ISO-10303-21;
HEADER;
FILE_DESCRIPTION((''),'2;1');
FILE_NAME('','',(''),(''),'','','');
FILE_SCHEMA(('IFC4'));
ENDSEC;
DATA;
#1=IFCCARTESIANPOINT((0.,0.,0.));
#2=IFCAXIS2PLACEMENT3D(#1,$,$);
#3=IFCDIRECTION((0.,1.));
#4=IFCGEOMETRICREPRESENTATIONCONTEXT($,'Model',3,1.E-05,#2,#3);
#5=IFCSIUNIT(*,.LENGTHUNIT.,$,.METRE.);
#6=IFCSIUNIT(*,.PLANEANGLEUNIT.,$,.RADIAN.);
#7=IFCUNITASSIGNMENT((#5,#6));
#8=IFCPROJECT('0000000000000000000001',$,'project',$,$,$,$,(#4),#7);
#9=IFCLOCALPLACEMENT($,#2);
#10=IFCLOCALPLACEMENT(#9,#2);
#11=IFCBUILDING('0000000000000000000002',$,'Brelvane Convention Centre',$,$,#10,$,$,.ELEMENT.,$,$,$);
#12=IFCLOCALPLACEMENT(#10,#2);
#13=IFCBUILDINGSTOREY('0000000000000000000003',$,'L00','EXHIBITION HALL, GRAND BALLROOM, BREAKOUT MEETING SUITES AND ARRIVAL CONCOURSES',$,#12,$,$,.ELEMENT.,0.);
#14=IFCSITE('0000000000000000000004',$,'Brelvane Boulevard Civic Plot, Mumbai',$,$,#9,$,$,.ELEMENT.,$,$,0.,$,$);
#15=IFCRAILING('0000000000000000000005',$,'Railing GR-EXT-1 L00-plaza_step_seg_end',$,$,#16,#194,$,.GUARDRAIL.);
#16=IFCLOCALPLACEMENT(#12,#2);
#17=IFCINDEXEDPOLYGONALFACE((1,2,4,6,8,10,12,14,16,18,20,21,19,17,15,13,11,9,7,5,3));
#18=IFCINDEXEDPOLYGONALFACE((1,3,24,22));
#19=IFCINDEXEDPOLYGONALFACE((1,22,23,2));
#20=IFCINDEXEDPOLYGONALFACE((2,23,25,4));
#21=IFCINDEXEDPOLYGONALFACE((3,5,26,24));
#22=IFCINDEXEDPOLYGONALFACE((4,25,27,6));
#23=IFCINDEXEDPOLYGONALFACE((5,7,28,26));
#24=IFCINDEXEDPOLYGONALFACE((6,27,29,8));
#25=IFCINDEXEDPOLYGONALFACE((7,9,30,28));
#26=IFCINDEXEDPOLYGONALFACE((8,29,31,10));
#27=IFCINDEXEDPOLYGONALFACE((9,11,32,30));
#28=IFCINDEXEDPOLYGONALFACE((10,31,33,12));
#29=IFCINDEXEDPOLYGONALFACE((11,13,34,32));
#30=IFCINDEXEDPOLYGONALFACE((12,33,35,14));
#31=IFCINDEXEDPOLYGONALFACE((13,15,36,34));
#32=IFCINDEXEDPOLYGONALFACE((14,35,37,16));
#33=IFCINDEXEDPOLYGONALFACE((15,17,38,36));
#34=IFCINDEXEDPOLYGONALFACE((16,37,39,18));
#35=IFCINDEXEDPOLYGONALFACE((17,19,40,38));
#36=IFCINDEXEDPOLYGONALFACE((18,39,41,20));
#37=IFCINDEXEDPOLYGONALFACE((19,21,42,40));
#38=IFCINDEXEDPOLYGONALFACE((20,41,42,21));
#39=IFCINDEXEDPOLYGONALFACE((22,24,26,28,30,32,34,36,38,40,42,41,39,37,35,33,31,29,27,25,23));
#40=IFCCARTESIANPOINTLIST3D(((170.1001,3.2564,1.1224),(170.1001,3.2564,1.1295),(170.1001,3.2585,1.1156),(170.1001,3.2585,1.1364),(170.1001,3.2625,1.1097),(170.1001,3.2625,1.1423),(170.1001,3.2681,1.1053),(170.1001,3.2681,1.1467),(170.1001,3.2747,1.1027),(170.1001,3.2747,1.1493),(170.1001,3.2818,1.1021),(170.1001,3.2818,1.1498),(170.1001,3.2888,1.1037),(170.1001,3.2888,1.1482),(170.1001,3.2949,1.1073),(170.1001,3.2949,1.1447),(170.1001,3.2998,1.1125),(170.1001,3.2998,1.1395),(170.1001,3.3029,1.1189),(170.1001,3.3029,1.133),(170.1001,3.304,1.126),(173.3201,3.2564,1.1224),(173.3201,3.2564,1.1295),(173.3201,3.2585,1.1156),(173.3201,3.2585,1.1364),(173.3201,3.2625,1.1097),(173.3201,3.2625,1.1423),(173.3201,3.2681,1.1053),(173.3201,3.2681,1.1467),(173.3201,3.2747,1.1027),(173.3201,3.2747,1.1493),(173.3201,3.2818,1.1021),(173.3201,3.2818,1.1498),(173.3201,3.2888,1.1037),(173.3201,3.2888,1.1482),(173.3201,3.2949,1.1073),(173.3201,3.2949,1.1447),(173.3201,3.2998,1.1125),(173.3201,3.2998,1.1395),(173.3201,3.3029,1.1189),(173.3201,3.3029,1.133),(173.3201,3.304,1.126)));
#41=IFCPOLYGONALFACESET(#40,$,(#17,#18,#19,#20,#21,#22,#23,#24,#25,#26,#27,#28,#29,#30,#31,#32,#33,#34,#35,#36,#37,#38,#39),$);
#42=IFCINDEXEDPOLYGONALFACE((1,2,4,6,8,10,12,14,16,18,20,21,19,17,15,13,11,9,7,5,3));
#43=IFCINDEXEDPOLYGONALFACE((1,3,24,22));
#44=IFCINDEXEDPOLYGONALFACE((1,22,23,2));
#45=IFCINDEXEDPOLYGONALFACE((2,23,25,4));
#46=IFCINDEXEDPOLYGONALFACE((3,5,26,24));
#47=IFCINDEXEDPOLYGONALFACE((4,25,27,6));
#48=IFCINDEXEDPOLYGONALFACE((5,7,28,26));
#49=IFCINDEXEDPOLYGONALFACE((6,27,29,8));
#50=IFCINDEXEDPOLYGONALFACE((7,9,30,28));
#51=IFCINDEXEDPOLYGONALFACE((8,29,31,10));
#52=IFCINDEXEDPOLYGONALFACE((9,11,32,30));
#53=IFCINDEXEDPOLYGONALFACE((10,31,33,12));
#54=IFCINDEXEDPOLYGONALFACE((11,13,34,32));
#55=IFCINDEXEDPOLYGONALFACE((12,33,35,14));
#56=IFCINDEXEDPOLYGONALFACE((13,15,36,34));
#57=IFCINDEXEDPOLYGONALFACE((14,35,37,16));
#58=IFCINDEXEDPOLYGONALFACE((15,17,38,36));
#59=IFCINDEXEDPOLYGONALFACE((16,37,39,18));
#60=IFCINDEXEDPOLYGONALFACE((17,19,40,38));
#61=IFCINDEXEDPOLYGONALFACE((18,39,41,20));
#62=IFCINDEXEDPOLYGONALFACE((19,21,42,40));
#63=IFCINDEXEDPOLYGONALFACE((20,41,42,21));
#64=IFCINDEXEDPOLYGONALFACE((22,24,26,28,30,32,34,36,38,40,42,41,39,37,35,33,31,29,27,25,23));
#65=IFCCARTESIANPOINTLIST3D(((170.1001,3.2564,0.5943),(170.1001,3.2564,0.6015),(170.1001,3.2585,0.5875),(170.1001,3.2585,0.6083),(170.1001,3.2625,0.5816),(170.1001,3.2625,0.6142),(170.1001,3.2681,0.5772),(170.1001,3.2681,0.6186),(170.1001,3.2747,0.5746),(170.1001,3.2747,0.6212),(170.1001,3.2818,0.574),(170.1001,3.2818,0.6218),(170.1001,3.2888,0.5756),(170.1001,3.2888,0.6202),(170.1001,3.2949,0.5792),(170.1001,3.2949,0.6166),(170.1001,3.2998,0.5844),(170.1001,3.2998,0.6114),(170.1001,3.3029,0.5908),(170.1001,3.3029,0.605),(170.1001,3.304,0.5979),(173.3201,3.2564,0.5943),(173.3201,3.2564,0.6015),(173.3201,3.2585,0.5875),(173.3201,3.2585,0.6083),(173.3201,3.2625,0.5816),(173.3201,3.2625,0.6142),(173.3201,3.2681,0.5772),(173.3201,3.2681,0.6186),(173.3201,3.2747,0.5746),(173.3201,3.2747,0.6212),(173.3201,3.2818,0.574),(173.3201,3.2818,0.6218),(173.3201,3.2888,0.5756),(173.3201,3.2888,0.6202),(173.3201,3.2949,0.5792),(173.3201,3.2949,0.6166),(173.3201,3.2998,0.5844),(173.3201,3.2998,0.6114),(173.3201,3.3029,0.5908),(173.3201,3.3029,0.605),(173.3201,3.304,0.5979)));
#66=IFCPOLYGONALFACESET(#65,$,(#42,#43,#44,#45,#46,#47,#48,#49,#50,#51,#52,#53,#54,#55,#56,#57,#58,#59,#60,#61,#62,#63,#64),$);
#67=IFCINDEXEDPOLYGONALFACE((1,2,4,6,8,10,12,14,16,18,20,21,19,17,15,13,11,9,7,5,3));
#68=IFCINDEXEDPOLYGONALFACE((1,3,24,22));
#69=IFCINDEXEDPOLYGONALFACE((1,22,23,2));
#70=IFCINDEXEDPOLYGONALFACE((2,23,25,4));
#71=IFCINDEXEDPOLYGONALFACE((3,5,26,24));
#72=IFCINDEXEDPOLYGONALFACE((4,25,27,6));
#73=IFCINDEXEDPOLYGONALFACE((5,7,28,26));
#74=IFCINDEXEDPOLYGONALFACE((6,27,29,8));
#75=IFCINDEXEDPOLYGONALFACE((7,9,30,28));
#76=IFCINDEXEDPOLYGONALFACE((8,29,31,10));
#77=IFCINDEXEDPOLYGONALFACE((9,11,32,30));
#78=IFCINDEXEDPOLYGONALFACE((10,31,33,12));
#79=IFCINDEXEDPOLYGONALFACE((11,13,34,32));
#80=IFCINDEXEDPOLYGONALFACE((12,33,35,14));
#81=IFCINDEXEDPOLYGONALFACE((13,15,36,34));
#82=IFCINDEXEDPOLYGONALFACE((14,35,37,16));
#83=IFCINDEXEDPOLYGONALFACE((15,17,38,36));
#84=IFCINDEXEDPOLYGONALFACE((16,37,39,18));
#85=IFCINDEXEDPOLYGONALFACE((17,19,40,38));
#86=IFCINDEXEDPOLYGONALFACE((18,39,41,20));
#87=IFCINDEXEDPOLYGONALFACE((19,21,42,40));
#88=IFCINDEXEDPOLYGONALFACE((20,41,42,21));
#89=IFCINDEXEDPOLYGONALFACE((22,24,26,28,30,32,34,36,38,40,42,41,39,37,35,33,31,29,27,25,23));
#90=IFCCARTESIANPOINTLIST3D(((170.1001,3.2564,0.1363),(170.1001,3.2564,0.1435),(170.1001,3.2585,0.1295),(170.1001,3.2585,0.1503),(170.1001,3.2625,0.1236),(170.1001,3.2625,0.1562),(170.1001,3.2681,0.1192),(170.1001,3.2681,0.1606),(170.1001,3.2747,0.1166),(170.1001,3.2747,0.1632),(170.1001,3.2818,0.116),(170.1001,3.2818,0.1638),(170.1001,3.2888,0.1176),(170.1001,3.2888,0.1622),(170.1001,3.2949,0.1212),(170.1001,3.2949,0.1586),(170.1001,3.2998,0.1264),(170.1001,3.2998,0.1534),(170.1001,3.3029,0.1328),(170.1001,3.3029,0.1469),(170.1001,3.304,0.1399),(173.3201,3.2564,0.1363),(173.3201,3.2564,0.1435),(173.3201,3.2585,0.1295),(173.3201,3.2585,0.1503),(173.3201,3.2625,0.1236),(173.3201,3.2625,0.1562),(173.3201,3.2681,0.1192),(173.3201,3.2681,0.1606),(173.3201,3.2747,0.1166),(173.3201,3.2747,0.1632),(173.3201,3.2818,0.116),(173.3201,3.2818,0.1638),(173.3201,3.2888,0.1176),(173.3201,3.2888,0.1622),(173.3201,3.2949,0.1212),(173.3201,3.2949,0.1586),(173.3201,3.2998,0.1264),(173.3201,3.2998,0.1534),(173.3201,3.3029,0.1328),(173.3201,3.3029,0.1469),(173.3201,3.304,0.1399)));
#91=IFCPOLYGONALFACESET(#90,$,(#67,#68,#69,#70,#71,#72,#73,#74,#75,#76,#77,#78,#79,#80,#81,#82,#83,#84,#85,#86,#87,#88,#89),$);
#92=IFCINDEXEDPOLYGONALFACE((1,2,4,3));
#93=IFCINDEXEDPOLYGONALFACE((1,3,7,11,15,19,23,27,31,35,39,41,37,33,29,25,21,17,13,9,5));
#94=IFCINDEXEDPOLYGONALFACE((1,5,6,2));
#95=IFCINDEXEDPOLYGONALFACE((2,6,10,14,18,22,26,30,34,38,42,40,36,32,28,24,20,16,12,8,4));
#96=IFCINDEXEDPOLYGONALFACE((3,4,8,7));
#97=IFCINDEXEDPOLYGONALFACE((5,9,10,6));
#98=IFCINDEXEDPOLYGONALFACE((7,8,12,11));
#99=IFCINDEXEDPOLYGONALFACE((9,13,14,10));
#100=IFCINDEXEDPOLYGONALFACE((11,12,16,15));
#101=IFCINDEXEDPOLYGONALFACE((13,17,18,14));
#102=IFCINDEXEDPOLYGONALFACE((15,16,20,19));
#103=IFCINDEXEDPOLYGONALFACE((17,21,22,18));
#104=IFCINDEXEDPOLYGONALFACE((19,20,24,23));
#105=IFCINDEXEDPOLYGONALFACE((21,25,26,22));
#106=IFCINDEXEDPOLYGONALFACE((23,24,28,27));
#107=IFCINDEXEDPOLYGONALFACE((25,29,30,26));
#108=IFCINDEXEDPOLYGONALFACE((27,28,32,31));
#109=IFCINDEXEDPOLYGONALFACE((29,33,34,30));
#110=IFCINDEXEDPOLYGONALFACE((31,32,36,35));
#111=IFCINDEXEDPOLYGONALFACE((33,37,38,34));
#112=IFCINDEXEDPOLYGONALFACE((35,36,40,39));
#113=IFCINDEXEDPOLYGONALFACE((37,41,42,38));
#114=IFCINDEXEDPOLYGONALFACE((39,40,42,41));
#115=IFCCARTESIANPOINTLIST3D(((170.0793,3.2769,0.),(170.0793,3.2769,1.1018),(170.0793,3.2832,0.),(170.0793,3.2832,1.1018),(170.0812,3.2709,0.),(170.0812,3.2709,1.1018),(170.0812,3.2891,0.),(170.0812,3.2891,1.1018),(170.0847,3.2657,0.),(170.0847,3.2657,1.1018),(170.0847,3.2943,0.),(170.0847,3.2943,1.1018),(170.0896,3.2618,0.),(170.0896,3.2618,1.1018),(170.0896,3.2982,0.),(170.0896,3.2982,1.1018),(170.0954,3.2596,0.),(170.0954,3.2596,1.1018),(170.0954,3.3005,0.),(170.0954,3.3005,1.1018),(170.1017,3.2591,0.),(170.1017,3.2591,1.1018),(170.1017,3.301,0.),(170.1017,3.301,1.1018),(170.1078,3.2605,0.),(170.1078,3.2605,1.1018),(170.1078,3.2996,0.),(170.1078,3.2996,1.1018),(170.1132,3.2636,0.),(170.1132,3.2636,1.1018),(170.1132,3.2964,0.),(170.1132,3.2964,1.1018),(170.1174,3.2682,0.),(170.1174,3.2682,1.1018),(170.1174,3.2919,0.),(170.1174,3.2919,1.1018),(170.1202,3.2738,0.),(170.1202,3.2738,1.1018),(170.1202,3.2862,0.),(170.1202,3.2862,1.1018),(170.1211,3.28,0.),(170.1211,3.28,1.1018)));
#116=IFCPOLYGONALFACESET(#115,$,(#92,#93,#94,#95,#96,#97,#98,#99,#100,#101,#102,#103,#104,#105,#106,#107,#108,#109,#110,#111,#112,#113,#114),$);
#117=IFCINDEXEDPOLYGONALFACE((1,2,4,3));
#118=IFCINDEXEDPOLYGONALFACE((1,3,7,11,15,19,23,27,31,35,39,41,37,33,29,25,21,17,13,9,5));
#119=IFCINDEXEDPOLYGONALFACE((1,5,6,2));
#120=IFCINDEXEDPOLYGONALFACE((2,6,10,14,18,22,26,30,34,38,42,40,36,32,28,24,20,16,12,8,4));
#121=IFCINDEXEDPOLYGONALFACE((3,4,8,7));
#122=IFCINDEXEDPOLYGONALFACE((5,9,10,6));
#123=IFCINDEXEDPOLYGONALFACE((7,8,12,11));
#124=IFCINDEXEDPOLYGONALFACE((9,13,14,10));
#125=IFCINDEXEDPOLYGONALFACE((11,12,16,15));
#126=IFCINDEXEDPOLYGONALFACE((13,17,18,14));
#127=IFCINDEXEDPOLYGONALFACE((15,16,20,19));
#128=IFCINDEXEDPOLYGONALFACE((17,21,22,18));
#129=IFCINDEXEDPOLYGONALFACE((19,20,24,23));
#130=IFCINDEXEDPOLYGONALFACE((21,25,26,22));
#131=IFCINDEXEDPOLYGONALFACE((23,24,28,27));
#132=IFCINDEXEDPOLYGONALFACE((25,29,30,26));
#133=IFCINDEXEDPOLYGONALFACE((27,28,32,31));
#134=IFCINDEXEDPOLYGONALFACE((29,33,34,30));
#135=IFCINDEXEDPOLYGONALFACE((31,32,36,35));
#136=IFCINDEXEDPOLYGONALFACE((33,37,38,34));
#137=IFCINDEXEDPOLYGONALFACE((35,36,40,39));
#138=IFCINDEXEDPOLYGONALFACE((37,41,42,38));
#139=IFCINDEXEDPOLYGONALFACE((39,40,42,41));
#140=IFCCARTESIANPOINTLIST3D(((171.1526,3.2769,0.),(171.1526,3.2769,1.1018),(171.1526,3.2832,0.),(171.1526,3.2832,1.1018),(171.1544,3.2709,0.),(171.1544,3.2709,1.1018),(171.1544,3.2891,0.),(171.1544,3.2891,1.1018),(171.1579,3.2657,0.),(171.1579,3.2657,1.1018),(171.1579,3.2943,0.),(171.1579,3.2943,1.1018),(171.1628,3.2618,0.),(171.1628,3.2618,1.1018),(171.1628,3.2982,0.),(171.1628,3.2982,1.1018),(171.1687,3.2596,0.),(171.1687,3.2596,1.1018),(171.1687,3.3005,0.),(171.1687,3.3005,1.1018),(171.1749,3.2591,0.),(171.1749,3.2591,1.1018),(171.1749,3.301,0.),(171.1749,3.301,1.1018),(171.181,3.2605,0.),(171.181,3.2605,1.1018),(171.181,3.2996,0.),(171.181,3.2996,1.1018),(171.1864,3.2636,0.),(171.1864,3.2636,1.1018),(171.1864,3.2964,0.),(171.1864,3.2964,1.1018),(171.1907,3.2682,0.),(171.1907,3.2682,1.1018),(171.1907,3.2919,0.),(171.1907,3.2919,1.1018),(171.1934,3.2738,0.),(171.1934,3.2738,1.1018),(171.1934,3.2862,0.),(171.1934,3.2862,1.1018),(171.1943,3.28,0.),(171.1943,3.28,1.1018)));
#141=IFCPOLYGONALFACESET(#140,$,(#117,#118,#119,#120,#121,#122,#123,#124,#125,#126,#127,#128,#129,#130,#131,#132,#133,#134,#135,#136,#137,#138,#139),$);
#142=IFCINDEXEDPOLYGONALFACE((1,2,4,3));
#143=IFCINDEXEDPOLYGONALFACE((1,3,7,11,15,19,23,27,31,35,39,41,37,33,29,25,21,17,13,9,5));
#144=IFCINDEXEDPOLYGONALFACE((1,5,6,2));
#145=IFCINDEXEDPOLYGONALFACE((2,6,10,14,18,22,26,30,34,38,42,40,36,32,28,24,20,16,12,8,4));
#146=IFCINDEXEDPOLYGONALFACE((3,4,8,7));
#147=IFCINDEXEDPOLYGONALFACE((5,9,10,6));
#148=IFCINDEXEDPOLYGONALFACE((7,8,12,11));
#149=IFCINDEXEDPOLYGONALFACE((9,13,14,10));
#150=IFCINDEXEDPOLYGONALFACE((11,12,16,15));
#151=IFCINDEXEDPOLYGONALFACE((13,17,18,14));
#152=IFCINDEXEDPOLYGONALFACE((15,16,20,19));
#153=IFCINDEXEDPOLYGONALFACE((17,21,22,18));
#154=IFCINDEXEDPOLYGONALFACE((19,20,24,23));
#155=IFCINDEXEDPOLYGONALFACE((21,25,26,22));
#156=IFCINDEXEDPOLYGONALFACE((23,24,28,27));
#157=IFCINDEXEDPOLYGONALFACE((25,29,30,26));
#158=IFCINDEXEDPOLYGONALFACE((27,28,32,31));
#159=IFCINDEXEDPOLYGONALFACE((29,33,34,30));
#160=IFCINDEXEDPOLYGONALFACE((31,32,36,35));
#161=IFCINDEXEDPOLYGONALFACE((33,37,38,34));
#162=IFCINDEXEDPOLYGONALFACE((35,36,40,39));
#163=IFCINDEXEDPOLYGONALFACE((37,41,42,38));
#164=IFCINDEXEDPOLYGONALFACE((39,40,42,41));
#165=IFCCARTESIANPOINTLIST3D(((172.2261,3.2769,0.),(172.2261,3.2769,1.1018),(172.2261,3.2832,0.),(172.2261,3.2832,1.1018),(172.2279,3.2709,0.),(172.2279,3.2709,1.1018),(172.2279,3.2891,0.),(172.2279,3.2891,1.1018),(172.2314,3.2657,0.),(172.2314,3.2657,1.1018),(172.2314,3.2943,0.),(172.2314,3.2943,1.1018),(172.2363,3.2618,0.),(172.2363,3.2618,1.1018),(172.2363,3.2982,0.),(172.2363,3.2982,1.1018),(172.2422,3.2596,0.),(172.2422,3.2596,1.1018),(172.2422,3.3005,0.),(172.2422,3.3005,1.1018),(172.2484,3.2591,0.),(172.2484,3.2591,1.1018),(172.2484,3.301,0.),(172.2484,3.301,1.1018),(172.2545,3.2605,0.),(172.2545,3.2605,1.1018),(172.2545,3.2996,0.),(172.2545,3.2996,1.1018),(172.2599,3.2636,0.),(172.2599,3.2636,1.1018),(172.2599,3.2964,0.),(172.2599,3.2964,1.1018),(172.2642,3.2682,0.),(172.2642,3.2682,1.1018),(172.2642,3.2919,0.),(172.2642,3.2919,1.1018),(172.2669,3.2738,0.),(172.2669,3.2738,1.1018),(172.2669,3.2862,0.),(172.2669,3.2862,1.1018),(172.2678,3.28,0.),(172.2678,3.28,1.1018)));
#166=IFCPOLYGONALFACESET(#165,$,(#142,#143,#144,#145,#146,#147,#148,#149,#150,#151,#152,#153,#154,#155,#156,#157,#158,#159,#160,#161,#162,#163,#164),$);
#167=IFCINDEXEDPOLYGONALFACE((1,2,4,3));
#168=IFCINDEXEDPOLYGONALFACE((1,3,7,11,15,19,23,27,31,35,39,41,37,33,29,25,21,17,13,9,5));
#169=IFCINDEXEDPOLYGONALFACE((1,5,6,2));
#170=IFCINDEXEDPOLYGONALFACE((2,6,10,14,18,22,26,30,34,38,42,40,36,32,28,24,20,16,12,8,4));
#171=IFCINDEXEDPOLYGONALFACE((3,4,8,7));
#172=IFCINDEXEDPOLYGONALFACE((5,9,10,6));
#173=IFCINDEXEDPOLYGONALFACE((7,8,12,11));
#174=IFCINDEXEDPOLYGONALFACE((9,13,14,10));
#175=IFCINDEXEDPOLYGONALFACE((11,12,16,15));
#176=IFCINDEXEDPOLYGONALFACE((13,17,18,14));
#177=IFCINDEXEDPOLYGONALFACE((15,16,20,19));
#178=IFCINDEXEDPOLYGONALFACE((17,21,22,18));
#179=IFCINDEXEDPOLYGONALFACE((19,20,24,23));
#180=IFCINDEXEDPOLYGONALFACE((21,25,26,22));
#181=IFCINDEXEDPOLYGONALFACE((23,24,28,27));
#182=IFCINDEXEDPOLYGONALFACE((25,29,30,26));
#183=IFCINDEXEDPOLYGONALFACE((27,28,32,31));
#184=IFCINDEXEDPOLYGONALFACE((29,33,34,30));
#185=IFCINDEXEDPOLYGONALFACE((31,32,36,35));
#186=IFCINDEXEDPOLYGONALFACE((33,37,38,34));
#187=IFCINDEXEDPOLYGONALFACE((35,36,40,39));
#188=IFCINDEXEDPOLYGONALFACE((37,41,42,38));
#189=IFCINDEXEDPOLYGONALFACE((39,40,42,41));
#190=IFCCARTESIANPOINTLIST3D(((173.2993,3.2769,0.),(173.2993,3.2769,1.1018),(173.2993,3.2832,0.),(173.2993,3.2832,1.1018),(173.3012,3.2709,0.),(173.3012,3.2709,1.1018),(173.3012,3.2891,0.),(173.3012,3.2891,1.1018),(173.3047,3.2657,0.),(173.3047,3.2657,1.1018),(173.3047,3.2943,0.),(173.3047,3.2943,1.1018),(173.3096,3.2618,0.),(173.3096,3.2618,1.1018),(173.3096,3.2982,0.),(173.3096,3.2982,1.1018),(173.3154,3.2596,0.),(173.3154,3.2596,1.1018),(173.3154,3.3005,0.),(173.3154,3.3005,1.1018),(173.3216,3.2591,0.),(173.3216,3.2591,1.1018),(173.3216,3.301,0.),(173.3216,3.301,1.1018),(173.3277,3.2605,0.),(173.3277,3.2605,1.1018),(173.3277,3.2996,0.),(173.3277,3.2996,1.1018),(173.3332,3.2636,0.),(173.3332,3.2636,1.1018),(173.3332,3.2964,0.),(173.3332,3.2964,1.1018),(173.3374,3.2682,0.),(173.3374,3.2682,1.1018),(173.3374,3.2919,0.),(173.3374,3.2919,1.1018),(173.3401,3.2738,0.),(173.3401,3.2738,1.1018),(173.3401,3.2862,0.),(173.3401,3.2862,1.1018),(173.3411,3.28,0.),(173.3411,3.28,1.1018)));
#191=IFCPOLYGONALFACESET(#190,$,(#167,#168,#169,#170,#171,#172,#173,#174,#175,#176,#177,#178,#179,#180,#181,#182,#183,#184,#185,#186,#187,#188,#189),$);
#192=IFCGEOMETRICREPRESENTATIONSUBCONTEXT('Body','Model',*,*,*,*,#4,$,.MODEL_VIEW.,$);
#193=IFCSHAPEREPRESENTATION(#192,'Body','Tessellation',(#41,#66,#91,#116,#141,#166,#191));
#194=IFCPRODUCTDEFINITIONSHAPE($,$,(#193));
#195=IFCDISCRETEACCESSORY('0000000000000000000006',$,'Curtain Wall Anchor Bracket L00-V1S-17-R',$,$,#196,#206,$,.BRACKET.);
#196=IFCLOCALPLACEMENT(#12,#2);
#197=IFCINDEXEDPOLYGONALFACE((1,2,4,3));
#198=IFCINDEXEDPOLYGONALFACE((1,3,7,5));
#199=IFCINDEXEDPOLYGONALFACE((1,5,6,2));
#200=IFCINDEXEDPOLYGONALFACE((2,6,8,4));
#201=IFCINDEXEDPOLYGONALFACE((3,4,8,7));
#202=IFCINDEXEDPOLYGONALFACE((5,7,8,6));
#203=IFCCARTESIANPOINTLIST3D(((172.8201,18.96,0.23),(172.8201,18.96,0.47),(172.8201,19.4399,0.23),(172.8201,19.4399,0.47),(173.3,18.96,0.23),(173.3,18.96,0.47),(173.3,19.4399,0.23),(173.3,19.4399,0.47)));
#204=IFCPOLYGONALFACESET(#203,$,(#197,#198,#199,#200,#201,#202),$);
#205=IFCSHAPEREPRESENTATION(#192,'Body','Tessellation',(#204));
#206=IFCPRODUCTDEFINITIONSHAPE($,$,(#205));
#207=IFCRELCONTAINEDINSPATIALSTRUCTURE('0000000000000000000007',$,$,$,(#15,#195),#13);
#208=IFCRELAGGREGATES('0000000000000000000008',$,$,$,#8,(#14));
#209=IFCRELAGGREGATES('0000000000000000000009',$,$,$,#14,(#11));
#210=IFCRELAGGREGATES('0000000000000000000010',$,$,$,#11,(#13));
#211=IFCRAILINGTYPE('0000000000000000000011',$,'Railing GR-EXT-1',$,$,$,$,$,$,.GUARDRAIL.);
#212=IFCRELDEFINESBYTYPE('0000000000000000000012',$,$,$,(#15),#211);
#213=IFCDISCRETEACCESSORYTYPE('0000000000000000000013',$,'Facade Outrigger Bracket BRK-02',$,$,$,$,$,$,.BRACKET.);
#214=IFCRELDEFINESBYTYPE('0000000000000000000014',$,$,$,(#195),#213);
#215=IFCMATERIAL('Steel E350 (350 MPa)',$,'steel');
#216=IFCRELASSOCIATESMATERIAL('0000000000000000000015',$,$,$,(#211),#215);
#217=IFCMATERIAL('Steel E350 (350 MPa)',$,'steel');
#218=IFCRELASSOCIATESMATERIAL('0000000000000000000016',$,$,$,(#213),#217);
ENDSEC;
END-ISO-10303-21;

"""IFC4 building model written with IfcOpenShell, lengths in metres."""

from ifc_helpers import new_model, si_unit, direction, frame, origin, origin_2d, place, context, subcontext, project, spatial, rectangle, circle, extrude, material, type_object, element, save


model = new_model("IFC4")

# Units and contexts
model_context = context("Model", 3, precision=1e-05, world=origin(), true_north=direction((0.0, 1.0)))
body_context = subcontext(model_context, "Body", "Model", "MODEL_VIEW")
ifc_project = project(units=[si_unit("LENGTHUNIT", "METRE"), si_unit("PLANEANGLEUNIT", "RADIAN")], contexts=[model_context])

# Site, building, storey
site_placement = place(None, origin())
site = spatial("IfcSite", under=ifc_project, at=site_placement, Name="Brelvane Boulevard Civic Plot, Mumbai", CompositionType="ELEMENT", RefElevation=0.0)
building_placement = place(site_placement, origin())
building = spatial("IfcBuilding", under=site, at=building_placement, Name="Brelvane Convention Centre", CompositionType="ELEMENT")
storey_placement = place(building_placement, origin())
storey = spatial("IfcBuildingStorey", under=building, at=storey_placement, Name="L00", Description="EXHIBITION HALL, GRAND BALLROOM, BREAKOUT MEETING SUITES AND ARRIVAL CONCOURSES", CompositionType="ELEMENT", Elevation=0.0)

# Railing
ifc_material_1 = material(Name="Steel E350 (350 MPa)", Category="steel")
railing_type = type_object("IfcRailingType", Name="Railing GR-EXT-1", PredefinedType="GUARDRAIL", material=ifc_material_1)
railing_1_placement = place(storey_placement, frame((170.1001, 3.28, 0.0)))
element("IfcRailing", 1, at=railing_1_placement, inside=storey, type_object=railing_type, Name="Railing GR-EXT-1 L00-plaza_step_seg_end", PredefinedType="GUARDRAIL", context=body_context, shape_type="SweptSolid", body=[
    extrude(circle(Radius=0.0239, at=origin_2d()), frame((0.0, 0.0, 1.126), z_axis=(1.0, 0.0, 0.0), x_axis=(0.0, 1.0, 0.0)), (0.0, 0.0, 1.0), 3.22),
    extrude(circle(Radius=0.0239, at=origin_2d()), frame((0.0, 0.0, 0.5979), z_axis=(1.0, 0.0, 0.0), x_axis=(0.0, 1.0, 0.0)), (0.0, 0.0, 1.0), 3.22),
    extrude(circle(Radius=0.0239, at=origin_2d()), frame((0.0, 0.0, 0.1399), z_axis=(1.0, 0.0, 0.0), x_axis=(0.0, 1.0, 0.0)), (0.0, 0.0, 1.0), 3.22),
    extrude(circle(Radius=0.021, at=origin_2d()), origin(), (0.0, 0.0, 1.0), 1.1018),
    extrude(circle(Radius=0.021, at=origin_2d()), frame((1.0732, 0.0, 0.0)), (0.0, 0.0, 1.0), 1.1018),
    extrude(circle(Radius=0.021, at=origin_2d()), frame((2.1467, 0.0, 0.0)), (0.0, 0.0, 1.0), 1.1018),
    extrude(circle(Radius=0.021, at=origin_2d()), frame((3.22, 0.0, 0.0)), (0.0, 0.0, 1.0), 1.1018),
])

# Discrete accessory
ifc_material_2 = material(Name="Steel E350 (350 MPa)", Category="steel")
discrete_accessory_type = type_object("IfcDiscreteAccessoryType", Name="Facade Outrigger Bracket BRK-02", PredefinedType="BRACKET", material=ifc_material_2)
discrete_accessory_1_placement = place(storey_placement, frame((173.0601, 19.2, 0.23), z_axis=(0.0, 0.0, 1.0), x_axis=(1.0, 0.0, 0.0)))
element("IfcDiscreteAccessory", 2, at=discrete_accessory_1_placement, inside=storey, type_object=discrete_accessory_type, Name="Curtain Wall Anchor Bracket L00-V1S-17-R", PredefinedType="BRACKET", context=body_context, shape_type="SweptSolid", body=[
    extrude(rectangle(XDim=0.48, YDim=0.48, at=origin_2d()), origin(), (0.0, 0.0, 1.0), 0.24),
])

save(model, "model.ifc")
